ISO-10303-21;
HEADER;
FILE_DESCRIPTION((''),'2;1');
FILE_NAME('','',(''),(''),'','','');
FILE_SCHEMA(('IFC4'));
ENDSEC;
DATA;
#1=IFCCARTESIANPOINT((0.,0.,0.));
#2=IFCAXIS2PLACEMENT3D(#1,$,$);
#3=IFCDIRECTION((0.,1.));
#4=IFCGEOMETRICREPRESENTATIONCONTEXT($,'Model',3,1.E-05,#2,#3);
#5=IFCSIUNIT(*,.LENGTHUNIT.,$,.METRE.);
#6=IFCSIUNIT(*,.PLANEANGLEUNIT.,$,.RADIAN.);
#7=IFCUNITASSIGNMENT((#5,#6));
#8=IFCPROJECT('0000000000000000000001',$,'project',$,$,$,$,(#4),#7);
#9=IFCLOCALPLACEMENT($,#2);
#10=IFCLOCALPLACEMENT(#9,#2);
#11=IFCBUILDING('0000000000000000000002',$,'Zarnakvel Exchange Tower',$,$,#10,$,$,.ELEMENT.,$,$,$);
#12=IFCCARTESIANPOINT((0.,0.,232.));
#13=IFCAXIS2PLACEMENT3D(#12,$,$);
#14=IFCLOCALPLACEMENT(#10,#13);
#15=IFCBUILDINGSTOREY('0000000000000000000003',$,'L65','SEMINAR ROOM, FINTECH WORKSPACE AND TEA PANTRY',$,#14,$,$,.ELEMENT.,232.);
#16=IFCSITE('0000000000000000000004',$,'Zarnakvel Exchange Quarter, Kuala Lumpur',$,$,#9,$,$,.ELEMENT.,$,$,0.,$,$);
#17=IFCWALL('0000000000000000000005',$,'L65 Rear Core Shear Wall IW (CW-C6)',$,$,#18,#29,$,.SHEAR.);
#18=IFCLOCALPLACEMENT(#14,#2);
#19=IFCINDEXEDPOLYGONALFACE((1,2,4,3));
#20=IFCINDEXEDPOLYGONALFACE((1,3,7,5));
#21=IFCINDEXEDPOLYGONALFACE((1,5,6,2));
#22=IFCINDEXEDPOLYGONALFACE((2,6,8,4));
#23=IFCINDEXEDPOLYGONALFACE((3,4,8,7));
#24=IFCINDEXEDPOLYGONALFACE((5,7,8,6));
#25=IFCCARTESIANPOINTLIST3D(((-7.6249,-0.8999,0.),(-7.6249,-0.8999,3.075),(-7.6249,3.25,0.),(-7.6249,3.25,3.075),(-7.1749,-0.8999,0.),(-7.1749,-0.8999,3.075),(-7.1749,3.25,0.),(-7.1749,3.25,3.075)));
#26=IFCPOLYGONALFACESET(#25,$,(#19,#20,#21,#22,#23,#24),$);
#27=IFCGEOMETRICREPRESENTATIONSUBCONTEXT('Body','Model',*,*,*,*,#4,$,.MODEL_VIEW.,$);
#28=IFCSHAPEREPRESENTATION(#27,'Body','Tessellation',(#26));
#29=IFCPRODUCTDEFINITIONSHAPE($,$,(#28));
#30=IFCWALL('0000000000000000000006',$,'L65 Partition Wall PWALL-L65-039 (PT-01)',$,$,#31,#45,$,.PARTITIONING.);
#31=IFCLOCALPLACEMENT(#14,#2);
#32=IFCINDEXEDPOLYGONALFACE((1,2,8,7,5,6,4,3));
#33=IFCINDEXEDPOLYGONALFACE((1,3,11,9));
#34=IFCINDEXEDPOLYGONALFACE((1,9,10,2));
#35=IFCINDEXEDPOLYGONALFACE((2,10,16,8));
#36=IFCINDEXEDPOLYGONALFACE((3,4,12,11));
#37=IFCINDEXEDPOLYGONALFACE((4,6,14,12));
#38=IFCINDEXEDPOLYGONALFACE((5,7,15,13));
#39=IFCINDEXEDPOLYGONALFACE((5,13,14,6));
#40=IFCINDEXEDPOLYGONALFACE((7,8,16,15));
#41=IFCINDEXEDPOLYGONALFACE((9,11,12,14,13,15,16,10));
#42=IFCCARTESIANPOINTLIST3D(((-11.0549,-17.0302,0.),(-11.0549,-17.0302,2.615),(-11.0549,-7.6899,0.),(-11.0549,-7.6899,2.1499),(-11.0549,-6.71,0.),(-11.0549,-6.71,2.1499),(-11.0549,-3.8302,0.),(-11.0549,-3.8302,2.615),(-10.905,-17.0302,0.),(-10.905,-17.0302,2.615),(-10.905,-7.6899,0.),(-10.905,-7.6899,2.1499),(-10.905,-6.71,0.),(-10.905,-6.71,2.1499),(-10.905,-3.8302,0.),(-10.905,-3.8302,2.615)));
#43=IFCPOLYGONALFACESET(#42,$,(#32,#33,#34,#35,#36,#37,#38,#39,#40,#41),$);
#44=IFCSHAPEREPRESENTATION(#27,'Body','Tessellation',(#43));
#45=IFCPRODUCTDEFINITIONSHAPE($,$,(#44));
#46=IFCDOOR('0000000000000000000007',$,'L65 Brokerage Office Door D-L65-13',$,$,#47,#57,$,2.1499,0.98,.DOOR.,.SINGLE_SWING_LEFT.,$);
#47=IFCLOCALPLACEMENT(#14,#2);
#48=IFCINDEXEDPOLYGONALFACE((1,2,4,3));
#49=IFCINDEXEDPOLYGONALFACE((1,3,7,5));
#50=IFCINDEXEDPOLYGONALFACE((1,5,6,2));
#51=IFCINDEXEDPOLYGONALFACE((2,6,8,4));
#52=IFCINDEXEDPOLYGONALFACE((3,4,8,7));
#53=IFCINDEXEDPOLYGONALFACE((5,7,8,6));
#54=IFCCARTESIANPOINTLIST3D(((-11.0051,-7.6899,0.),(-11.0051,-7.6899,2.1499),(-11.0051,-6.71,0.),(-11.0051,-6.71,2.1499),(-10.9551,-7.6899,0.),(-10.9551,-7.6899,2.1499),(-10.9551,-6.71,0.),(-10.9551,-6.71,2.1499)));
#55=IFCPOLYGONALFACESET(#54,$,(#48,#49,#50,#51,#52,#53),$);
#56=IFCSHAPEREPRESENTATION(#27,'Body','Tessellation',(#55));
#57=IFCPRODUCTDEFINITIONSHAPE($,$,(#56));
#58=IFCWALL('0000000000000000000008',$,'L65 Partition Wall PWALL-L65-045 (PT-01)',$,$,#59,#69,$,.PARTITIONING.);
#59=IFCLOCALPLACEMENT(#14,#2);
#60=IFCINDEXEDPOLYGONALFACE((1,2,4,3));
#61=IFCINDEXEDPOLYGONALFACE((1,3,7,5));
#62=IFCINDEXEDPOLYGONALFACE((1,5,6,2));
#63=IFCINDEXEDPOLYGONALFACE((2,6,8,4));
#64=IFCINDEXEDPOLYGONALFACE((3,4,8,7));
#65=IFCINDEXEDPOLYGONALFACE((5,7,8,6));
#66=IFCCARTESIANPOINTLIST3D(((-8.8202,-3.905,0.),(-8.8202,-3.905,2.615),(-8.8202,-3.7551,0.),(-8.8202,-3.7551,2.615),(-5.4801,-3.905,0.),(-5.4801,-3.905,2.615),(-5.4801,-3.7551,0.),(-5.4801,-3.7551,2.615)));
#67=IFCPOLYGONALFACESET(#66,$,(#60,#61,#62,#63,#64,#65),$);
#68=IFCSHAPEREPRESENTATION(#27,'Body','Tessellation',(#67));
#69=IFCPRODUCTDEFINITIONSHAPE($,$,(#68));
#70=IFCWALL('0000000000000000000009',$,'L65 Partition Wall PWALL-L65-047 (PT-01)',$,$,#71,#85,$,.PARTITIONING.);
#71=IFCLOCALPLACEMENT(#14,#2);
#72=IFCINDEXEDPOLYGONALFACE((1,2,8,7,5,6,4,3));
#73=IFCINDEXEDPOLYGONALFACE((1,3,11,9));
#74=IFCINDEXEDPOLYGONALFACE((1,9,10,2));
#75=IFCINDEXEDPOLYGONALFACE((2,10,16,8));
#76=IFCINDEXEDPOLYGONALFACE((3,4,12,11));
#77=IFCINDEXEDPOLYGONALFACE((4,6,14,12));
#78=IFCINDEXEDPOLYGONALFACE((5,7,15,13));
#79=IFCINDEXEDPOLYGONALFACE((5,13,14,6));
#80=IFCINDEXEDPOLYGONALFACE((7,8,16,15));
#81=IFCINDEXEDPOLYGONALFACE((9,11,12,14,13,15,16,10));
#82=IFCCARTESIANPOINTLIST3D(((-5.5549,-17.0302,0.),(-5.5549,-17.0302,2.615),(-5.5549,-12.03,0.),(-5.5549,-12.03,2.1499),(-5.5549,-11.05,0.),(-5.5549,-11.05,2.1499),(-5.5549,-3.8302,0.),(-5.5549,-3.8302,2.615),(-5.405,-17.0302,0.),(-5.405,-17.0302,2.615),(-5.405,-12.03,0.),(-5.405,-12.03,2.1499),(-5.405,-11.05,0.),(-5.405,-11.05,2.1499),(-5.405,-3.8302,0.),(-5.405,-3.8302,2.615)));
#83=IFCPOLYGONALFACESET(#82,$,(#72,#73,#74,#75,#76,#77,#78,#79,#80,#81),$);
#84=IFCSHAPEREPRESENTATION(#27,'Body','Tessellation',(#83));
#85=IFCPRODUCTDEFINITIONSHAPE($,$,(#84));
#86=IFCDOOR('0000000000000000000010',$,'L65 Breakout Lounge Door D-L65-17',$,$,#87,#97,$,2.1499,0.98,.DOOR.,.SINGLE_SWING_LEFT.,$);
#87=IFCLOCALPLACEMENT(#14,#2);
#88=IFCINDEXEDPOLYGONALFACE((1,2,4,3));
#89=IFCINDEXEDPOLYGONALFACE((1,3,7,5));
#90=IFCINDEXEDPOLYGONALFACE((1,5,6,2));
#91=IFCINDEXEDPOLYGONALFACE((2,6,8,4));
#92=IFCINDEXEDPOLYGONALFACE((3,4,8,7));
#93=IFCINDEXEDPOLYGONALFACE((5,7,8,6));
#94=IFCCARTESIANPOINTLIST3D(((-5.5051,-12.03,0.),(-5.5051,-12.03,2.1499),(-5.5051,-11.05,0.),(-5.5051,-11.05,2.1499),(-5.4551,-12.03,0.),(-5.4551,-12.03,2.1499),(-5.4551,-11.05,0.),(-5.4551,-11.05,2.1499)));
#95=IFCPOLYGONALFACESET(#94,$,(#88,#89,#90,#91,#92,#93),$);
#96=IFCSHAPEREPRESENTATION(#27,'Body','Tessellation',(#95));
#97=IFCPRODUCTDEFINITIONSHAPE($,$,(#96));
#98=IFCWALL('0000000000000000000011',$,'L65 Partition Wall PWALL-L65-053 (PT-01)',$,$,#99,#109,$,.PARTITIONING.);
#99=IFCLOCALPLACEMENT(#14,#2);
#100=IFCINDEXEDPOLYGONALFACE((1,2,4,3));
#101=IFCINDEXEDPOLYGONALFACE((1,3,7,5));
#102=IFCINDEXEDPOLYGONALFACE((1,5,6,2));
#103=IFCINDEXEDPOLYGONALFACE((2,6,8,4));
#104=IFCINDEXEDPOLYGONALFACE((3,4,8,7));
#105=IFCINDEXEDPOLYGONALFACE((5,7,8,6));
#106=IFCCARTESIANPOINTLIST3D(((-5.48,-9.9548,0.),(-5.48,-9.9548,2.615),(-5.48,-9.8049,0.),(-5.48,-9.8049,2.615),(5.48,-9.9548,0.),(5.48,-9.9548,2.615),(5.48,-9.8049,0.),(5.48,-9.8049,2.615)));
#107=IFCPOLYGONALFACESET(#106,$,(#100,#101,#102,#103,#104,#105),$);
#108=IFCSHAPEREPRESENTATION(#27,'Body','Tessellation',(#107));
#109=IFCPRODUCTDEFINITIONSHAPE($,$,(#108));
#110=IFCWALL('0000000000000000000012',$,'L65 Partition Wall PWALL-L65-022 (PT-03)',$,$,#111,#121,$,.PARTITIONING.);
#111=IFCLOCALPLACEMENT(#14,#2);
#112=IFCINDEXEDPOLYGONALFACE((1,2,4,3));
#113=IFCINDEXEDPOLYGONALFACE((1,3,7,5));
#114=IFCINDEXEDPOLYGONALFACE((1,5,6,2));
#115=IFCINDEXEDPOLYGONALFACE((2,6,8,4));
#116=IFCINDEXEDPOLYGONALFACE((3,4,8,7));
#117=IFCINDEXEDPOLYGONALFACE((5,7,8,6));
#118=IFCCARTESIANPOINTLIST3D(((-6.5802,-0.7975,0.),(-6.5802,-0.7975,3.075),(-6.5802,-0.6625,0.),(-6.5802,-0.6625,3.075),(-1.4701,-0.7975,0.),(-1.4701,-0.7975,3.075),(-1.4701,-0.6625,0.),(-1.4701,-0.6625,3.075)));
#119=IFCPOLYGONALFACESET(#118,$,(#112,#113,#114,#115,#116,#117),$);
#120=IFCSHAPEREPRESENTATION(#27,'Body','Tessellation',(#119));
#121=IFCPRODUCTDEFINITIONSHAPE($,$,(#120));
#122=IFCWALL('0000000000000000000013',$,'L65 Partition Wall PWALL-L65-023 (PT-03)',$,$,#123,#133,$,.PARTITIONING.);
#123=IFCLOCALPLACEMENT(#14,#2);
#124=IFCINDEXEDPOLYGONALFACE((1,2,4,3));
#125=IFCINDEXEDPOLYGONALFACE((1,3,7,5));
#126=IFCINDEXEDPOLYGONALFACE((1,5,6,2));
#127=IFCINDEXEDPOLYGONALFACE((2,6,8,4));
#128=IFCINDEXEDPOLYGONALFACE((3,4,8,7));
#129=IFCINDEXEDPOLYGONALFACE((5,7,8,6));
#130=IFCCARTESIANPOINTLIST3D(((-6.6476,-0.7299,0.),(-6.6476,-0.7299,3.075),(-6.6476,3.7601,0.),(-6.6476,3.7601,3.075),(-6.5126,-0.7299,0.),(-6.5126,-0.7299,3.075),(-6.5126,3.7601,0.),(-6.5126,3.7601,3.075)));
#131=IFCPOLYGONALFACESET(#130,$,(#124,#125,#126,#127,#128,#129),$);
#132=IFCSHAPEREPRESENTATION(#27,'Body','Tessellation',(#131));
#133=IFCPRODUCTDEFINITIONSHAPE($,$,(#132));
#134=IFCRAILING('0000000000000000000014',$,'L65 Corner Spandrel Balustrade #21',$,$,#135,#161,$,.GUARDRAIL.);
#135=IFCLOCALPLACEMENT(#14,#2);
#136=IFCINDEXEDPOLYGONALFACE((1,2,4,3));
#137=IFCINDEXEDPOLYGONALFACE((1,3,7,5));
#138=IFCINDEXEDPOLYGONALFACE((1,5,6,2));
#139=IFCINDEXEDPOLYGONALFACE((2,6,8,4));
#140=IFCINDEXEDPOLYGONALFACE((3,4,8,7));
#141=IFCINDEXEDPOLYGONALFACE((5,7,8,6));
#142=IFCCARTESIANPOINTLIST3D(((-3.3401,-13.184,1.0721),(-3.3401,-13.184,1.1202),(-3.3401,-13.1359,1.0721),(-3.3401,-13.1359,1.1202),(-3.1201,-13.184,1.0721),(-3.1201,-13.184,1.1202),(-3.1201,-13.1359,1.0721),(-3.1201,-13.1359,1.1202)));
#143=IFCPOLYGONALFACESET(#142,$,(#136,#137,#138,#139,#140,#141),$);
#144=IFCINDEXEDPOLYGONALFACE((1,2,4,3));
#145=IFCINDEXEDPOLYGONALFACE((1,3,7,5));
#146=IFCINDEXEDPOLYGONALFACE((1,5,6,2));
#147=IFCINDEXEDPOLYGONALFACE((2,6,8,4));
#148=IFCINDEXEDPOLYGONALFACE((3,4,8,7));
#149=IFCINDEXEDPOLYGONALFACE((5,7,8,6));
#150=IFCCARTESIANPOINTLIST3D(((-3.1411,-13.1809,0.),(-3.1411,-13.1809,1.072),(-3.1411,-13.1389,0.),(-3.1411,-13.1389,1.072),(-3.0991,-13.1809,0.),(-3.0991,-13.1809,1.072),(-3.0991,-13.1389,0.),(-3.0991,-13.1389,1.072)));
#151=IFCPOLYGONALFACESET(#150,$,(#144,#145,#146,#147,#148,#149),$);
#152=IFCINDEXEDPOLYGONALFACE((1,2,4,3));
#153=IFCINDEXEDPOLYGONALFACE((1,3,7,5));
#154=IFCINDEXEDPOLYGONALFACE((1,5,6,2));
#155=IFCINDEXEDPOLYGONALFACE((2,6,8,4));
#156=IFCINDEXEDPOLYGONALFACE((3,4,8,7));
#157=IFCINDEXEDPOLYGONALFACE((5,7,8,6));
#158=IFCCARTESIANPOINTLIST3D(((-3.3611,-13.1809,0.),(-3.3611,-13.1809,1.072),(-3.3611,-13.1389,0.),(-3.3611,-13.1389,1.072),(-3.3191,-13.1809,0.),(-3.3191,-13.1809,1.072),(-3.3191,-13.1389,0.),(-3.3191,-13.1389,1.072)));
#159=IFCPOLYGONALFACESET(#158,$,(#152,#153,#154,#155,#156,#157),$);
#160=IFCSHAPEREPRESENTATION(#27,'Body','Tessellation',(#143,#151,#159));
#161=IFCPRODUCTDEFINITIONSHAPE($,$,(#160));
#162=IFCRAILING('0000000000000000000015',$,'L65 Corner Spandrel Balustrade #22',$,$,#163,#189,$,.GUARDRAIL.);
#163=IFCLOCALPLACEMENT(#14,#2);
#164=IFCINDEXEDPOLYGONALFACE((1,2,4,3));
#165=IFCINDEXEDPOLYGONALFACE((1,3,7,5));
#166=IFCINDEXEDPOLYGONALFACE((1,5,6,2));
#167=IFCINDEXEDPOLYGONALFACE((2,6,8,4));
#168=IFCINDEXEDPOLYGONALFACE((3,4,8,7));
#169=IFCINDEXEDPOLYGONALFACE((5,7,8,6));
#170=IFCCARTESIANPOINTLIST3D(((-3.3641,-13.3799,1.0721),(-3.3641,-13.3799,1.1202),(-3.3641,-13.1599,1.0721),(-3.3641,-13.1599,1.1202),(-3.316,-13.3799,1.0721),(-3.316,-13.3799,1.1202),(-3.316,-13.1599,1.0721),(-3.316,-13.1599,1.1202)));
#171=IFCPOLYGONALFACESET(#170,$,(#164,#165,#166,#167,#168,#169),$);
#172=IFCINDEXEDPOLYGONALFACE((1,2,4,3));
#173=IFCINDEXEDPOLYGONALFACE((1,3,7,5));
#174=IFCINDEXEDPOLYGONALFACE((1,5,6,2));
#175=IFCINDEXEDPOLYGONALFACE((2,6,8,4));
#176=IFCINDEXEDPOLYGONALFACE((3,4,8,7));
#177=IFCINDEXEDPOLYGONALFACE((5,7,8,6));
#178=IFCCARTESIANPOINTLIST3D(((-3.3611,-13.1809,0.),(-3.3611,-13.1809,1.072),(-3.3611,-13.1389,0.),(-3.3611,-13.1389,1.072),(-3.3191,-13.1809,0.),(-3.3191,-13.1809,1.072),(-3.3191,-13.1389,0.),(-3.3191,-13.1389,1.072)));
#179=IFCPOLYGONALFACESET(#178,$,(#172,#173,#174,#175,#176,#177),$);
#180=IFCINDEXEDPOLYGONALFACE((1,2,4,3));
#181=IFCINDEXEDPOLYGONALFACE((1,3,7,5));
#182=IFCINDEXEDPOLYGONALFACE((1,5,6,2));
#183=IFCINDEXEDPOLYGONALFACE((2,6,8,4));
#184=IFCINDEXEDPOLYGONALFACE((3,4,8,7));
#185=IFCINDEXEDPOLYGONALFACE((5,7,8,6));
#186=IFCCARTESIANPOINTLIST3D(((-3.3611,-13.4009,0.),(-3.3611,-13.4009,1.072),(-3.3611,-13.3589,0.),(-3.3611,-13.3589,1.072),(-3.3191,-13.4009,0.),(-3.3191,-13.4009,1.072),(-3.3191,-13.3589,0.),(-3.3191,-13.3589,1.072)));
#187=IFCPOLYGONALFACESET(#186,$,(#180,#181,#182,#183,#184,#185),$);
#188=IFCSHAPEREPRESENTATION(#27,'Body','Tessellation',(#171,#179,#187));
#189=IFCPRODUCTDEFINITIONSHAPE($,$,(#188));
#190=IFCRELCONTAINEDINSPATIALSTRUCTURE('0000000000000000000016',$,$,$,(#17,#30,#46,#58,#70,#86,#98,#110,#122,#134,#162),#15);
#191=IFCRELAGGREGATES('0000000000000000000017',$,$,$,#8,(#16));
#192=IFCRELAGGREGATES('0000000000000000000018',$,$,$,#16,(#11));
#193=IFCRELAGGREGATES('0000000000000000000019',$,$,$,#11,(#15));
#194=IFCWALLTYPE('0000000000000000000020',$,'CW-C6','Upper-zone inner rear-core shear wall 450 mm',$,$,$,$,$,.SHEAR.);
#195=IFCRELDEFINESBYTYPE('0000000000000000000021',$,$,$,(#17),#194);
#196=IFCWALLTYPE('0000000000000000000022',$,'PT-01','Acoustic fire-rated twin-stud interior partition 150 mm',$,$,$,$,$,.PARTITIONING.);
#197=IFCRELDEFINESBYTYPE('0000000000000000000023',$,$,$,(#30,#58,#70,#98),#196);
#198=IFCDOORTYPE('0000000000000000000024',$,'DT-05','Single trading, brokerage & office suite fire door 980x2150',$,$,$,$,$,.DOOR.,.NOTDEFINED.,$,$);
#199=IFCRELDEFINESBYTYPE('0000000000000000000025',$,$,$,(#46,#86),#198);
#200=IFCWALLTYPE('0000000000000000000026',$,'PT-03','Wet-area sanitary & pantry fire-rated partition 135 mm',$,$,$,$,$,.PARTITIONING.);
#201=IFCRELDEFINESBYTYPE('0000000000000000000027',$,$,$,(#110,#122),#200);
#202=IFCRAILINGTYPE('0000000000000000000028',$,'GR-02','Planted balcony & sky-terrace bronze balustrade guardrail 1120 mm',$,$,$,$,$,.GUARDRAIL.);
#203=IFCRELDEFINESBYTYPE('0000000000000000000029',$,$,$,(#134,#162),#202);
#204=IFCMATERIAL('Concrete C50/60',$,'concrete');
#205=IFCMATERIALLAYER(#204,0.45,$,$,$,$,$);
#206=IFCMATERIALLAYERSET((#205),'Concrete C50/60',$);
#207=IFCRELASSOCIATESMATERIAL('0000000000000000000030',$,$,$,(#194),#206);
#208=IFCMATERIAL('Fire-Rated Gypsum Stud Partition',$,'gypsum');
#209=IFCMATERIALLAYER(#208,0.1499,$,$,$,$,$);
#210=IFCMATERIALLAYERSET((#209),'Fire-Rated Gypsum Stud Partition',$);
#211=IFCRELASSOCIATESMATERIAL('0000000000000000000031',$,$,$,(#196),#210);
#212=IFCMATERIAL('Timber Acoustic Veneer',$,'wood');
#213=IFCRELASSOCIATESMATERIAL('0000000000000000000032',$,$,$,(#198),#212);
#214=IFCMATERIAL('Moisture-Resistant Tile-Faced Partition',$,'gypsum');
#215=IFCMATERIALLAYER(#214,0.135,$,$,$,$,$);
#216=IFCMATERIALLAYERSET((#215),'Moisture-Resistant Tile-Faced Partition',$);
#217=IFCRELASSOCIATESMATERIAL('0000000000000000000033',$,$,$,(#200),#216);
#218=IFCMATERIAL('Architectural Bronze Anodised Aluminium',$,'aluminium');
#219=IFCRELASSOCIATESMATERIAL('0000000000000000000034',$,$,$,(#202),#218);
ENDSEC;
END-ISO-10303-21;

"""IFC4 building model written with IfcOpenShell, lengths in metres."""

from ifc_helpers import new_model, si_unit, direction, frame, frame_2d, origin, origin_2d, place, context, subcontext, project, spatial, rectangle, extrude, source, transform, mapped, material, layer, layer_set, type_object, element, fill, save


model = new_model("IFC4")

# Units and contexts
model_context = context("Model", 3, precision=1e-05, world=origin(), true_north=direction((0.0, 1.0)))
body_context = subcontext(model_context, "Body", "Model", "MODEL_VIEW")
ifc_project = project(units=[si_unit("LENGTHUNIT", "METRE"), si_unit("PLANEANGLEUNIT", "RADIAN")], contexts=[model_context])

# Site, building, storey
site_placement = place(None, origin())
site = spatial("IfcSite", under=ifc_project, at=site_placement, Name="Zarnakvel Exchange Quarter, Kuala Lumpur", CompositionType="ELEMENT", RefElevation=0.0)
building_placement = place(site_placement, origin())
building = spatial("IfcBuilding", under=site, at=building_placement, Name="Zarnakvel Exchange Tower", CompositionType="ELEMENT")
storey_placement = place(building_placement, frame((0.0, 0.0, 232.0)))
storey = spatial("IfcBuildingStorey", under=building, at=storey_placement, Name="L65", Description="SEMINAR ROOM, FINTECH WORKSPACE AND TEA PANTRY", CompositionType="ELEMENT", Elevation=232.0)

# Shared definitions
ifc_material_1 = material(Name="Concrete C50/60", Category="concrete")

# Wall
ifc_layer_1 = layer(ifc_material_1, 0.45)
ifc_layer_set_1 = layer_set([ifc_layer_1], Name="Concrete C50/60")
wall_type_1 = type_object("IfcWallType", Name="CW-C6", Description="Upper-zone inner rear-core shear wall 450 mm", PredefinedType="SHEAR", material=ifc_layer_set_1)
wall_1_placement = place(storey_placement, frame((-7.3999, -0.8999, 0.0), z_axis=(0.0, 0.0, 1.0), x_axis=(0.0, 1.0, 0.0)))
element("IfcWall", 1, at=wall_1_placement, inside=storey, type_object=wall_type_1, Name="L65 Rear Core Shear Wall IW (CW-C6)", PredefinedType="SHEAR", context=body_context, shape_type="SweptSolid", body=[
    extrude(rectangle(XDim=4.1499, YDim=0.45, at=frame_2d((2.075, 0.0))), origin(), (0.0, 0.0, 1.0), 3.075),
])

# Wall, opening, door
ifc_material_2 = material(Name="Fire-Rated Gypsum Stud Partition", Category="gypsum")
ifc_layer_2 = layer(ifc_material_2, 0.1499)
ifc_layer_set_2 = layer_set([ifc_layer_2], Name="Fire-Rated Gypsum Stud Partition")
wall_type_2 = type_object("IfcWallType", Name="PT-01", Description="Acoustic fire-rated twin-stud interior partition 150 mm", PredefinedType="PARTITIONING", material=ifc_layer_set_2)
wall_2_placement = place(storey_placement, frame((-10.98, -3.8301, 0.0), z_axis=(0.0, 0.0, 1.0), x_axis=(0.0, -1.0, 0.0)))
wall_2 = element("IfcWall", 2, at=wall_2_placement, inside=storey, type_object=wall_type_2, Name="L65 Partition Wall PWALL-L65-039 (PT-01)", PredefinedType="PARTITIONING", context=body_context, shape_type="SweptSolid", body=[
    extrude(rectangle(XDim=13.2, YDim=0.1499, at=frame_2d((6.6001, 0.0))), origin(), (0.0, 0.0, 1.0), 2.615),
])
opening_1_placement = place(wall_2_placement, frame((2.8799, 0.0, 0.0)))
opening_1 = element("IfcOpeningElement", 3, at=opening_1_placement, cuts=wall_2, PredefinedType="OPENING", context=body_context, shape_type="SweptSolid", body=[
    extrude(rectangle(XDim=0.98, YDim=2.1499, at=frame_2d((0.49, 1.075))), frame((0.0, 0.085, 0.0), z_axis=(0.0, -1.0, 0.0), x_axis=(1.0, 0.0, 0.0)), (0.0, 0.0, 1.0), 0.1699),
])
ifc_material_3 = material(Name="Timber Acoustic Veneer", Category="wood")
door_type_1 = type_object("IfcDoorType", Name="DT-05", Description="Single trading, brokerage & office suite fire door 980x2150", OperationType="NOTDEFINED", PredefinedType="DOOR", material=ifc_material_3)
shared_shape_1 = source(origin(), body_context, "Body", "SweptSolid", [
    extrude(rectangle(XDim=0.98, YDim=2.1499, at=frame_2d((0.49, 1.075))), frame((0.0, 0.0249, 0.0), z_axis=(0.0, -1.0, 0.0), x_axis=(1.0, 0.0, 0.0)), (0.0, 0.0, 1.0), 0.05),
])
door_1_placement = place(opening_1_placement, origin())
door_1 = element("IfcDoor", 4, at=door_1_placement, inside=storey, type_object=door_type_1, Name="L65 Brokerage Office Door D-L65-13", OperationType="SINGLE_SWING_LEFT", OverallHeight=2.1499, OverallWidth=0.98, PredefinedType="DOOR", context=body_context, shape_type="MappedRepresentation", body=[
    mapped(shared_shape_1, transform((0.0, 0.0, 0.0), x_axis=(1.0, 0.0, 0.0), y_axis=(0.0, 1.0, 0.0), z_axis=(0.0, 0.0, 1.0), scale=1.0)),
])
fill(opening_1, door_1)

# Wall
wall_3_placement = place(storey_placement, frame((-8.8201, -3.8301, 0.0), z_axis=(0.0, 0.0, 1.0), x_axis=(1.0, 0.0, 0.0)))
element("IfcWall", 5, at=wall_3_placement, inside=storey, type_object=wall_type_2, Name="L65 Partition Wall PWALL-L65-045 (PT-01)", PredefinedType="PARTITIONING", context=body_context, shape_type="SweptSolid", body=[
    extrude(rectangle(XDim=3.3401, YDim=0.1499, at=frame_2d((1.6699, 0.0))), origin(), (0.0, 0.0, 1.0), 2.615),
])

# Wall, opening, door
wall_4_placement = place(storey_placement, frame((-5.48, -3.8301, 0.0), z_axis=(0.0, 0.0, 1.0), x_axis=(0.0, -1.0, 0.0)))
wall_4 = element("IfcWall", 6, at=wall_4_placement, inside=storey, type_object=wall_type_2, Name="L65 Partition Wall PWALL-L65-047 (PT-01)", PredefinedType="PARTITIONING", context=body_context, shape_type="SweptSolid", body=[
    extrude(rectangle(XDim=13.2, YDim=0.1499, at=frame_2d((6.6001, 0.0))), origin(), (0.0, 0.0, 1.0), 2.615),
])
opening_2_placement = place(wall_4_placement, frame((7.22, 0.0, 0.0)))
opening_2 = element("IfcOpeningElement", 7, at=opening_2_placement, cuts=wall_4, PredefinedType="OPENING", context=body_context, shape_type="SweptSolid", body=[
    extrude(rectangle(XDim=0.98, YDim=2.1499, at=frame_2d((0.49, 1.075))), frame((0.0, 0.085, 0.0), z_axis=(0.0, -1.0, 0.0), x_axis=(1.0, 0.0, 0.0)), (0.0, 0.0, 1.0), 0.1699),
])
door_2_placement = place(opening_2_placement, origin())
door_2 = element("IfcDoor", 8, at=door_2_placement, inside=storey, type_object=door_type_1, Name="L65 Breakout Lounge Door D-L65-17", OperationType="SINGLE_SWING_LEFT", OverallHeight=2.1499, OverallWidth=0.98, PredefinedType="DOOR", context=body_context, shape_type="MappedRepresentation", body=[
    mapped(shared_shape_1, transform((0.0, 0.0, 0.0), x_axis=(1.0, 0.0, 0.0), y_axis=(0.0, 1.0, 0.0), z_axis=(0.0, 0.0, 1.0), scale=1.0)),
])
fill(opening_2, door_2)

# Walls
wall_5_placement = place(storey_placement, frame((-5.48, -9.8799, 0.0), z_axis=(0.0, 0.0, 1.0), x_axis=(1.0, 0.0, 0.0)))
element("IfcWall", 9, at=wall_5_placement, inside=storey, type_object=wall_type_2, Name="L65 Partition Wall PWALL-L65-053 (PT-01)", PredefinedType="PARTITIONING", context=body_context, shape_type="SweptSolid", body=[
    extrude(rectangle(XDim=10.96, YDim=0.1499, at=frame_2d((5.48, 0.0))), origin(), (0.0, 0.0, 1.0), 2.615),
])
ifc_material_4 = material(Name="Moisture-Resistant Tile-Faced Partition", Category="gypsum")
ifc_layer_3 = layer(ifc_material_4, 0.135)
ifc_layer_set_3 = layer_set([ifc_layer_3], Name="Moisture-Resistant Tile-Faced Partition")
wall_type_3 = type_object("IfcWallType", Name="PT-03", Description="Wet-area sanitary & pantry fire-rated partition 135 mm", PredefinedType="PARTITIONING", material=ifc_layer_set_3)
wall_6_placement = place(storey_placement, frame((-1.47, -0.73, 0.0), z_axis=(0.0, 0.0, 1.0), x_axis=(-1.0, 0.0, 0.0)))
element("IfcWall", 10, at=wall_6_placement, inside=storey, type_object=wall_type_3, Name="L65 Partition Wall PWALL-L65-022 (PT-03)", PredefinedType="PARTITIONING", context=body_context, shape_type="SweptSolid", body=[
    extrude(rectangle(XDim=5.1101, YDim=0.135, at=frame_2d((2.5552, 0.0))), origin(), (0.0, 0.0, 1.0), 3.075),
])
wall_7_placement = place(storey_placement, frame((-6.5801, -0.73, 0.0), z_axis=(0.0, 0.0, 1.0), x_axis=(0.0, 1.0, 0.0)))
element("IfcWall", 11, at=wall_7_placement, inside=storey, type_object=wall_type_3, Name="L65 Partition Wall PWALL-L65-023 (PT-03)", PredefinedType="PARTITIONING", context=body_context, shape_type="SweptSolid", body=[
    extrude(rectangle(XDim=4.49, YDim=0.135, at=frame_2d((2.2451, 0.0))), origin(), (0.0, 0.0, 1.0), 3.075),
])

# Railings
ifc_material_5 = material(Name="Architectural Bronze Anodised Aluminium", Category="aluminium")
railing_type_1 = type_object("IfcRailingType", Name="GR-02", Description="Planted balcony & sky-terrace bronze balustrade guardrail 1120 mm", PredefinedType="GUARDRAIL", material=ifc_material_5)
railing_1_placement = place(storey_placement, frame((-3.1201, -13.1599, 0.0)))
element("IfcRailing", 12, at=railing_1_placement, inside=storey, type_object=railing_type_1, Name="L65 Corner Spandrel Balustrade #21", PredefinedType="GUARDRAIL", context=body_context, shape_type="SweptSolid", body=[
    extrude(rectangle(XDim=0.0481, YDim=0.0481, at=origin_2d()), frame((0.0, 0.0, 1.0962), z_axis=(-1.0, 0.0, 0.0), x_axis=(0.0, -1.0, 0.0)), (0.0, 0.0, 1.0), 0.22),
    extrude(rectangle(XDim=0.042, YDim=0.042, at=origin_2d()), origin(), (0.0, 0.0, 1.0), 1.072),
    extrude(rectangle(XDim=0.042, YDim=0.042, at=origin_2d()), frame((-0.22, 0.0, 0.0)), (0.0, 0.0, 1.0), 1.072),
])
railing_2_placement = place(storey_placement, frame((-3.3401, -13.1599, 0.0)))
element("IfcRailing", 13, at=railing_2_placement, inside=storey, type_object=railing_type_1, Name="L65 Corner Spandrel Balustrade #22", PredefinedType="GUARDRAIL", context=body_context, shape_type="SweptSolid", body=[
    extrude(rectangle(XDim=0.0481, YDim=0.0481, at=origin_2d()), frame((0.0, 0.0, 1.0962), z_axis=(0.0, -1.0, 0.0), x_axis=(1.0, 0.0, 0.0)), (0.0, 0.0, 1.0), 0.22),
    extrude(rectangle(XDim=0.042, YDim=0.042, at=origin_2d()), origin(), (0.0, 0.0, 1.0), 1.072),
    extrude(rectangle(XDim=0.042, YDim=0.042, at=origin_2d()), frame((0.0, -0.22, 0.0)), (0.0, 0.0, 1.0), 1.072),
])

save(model, "model.ifc")
